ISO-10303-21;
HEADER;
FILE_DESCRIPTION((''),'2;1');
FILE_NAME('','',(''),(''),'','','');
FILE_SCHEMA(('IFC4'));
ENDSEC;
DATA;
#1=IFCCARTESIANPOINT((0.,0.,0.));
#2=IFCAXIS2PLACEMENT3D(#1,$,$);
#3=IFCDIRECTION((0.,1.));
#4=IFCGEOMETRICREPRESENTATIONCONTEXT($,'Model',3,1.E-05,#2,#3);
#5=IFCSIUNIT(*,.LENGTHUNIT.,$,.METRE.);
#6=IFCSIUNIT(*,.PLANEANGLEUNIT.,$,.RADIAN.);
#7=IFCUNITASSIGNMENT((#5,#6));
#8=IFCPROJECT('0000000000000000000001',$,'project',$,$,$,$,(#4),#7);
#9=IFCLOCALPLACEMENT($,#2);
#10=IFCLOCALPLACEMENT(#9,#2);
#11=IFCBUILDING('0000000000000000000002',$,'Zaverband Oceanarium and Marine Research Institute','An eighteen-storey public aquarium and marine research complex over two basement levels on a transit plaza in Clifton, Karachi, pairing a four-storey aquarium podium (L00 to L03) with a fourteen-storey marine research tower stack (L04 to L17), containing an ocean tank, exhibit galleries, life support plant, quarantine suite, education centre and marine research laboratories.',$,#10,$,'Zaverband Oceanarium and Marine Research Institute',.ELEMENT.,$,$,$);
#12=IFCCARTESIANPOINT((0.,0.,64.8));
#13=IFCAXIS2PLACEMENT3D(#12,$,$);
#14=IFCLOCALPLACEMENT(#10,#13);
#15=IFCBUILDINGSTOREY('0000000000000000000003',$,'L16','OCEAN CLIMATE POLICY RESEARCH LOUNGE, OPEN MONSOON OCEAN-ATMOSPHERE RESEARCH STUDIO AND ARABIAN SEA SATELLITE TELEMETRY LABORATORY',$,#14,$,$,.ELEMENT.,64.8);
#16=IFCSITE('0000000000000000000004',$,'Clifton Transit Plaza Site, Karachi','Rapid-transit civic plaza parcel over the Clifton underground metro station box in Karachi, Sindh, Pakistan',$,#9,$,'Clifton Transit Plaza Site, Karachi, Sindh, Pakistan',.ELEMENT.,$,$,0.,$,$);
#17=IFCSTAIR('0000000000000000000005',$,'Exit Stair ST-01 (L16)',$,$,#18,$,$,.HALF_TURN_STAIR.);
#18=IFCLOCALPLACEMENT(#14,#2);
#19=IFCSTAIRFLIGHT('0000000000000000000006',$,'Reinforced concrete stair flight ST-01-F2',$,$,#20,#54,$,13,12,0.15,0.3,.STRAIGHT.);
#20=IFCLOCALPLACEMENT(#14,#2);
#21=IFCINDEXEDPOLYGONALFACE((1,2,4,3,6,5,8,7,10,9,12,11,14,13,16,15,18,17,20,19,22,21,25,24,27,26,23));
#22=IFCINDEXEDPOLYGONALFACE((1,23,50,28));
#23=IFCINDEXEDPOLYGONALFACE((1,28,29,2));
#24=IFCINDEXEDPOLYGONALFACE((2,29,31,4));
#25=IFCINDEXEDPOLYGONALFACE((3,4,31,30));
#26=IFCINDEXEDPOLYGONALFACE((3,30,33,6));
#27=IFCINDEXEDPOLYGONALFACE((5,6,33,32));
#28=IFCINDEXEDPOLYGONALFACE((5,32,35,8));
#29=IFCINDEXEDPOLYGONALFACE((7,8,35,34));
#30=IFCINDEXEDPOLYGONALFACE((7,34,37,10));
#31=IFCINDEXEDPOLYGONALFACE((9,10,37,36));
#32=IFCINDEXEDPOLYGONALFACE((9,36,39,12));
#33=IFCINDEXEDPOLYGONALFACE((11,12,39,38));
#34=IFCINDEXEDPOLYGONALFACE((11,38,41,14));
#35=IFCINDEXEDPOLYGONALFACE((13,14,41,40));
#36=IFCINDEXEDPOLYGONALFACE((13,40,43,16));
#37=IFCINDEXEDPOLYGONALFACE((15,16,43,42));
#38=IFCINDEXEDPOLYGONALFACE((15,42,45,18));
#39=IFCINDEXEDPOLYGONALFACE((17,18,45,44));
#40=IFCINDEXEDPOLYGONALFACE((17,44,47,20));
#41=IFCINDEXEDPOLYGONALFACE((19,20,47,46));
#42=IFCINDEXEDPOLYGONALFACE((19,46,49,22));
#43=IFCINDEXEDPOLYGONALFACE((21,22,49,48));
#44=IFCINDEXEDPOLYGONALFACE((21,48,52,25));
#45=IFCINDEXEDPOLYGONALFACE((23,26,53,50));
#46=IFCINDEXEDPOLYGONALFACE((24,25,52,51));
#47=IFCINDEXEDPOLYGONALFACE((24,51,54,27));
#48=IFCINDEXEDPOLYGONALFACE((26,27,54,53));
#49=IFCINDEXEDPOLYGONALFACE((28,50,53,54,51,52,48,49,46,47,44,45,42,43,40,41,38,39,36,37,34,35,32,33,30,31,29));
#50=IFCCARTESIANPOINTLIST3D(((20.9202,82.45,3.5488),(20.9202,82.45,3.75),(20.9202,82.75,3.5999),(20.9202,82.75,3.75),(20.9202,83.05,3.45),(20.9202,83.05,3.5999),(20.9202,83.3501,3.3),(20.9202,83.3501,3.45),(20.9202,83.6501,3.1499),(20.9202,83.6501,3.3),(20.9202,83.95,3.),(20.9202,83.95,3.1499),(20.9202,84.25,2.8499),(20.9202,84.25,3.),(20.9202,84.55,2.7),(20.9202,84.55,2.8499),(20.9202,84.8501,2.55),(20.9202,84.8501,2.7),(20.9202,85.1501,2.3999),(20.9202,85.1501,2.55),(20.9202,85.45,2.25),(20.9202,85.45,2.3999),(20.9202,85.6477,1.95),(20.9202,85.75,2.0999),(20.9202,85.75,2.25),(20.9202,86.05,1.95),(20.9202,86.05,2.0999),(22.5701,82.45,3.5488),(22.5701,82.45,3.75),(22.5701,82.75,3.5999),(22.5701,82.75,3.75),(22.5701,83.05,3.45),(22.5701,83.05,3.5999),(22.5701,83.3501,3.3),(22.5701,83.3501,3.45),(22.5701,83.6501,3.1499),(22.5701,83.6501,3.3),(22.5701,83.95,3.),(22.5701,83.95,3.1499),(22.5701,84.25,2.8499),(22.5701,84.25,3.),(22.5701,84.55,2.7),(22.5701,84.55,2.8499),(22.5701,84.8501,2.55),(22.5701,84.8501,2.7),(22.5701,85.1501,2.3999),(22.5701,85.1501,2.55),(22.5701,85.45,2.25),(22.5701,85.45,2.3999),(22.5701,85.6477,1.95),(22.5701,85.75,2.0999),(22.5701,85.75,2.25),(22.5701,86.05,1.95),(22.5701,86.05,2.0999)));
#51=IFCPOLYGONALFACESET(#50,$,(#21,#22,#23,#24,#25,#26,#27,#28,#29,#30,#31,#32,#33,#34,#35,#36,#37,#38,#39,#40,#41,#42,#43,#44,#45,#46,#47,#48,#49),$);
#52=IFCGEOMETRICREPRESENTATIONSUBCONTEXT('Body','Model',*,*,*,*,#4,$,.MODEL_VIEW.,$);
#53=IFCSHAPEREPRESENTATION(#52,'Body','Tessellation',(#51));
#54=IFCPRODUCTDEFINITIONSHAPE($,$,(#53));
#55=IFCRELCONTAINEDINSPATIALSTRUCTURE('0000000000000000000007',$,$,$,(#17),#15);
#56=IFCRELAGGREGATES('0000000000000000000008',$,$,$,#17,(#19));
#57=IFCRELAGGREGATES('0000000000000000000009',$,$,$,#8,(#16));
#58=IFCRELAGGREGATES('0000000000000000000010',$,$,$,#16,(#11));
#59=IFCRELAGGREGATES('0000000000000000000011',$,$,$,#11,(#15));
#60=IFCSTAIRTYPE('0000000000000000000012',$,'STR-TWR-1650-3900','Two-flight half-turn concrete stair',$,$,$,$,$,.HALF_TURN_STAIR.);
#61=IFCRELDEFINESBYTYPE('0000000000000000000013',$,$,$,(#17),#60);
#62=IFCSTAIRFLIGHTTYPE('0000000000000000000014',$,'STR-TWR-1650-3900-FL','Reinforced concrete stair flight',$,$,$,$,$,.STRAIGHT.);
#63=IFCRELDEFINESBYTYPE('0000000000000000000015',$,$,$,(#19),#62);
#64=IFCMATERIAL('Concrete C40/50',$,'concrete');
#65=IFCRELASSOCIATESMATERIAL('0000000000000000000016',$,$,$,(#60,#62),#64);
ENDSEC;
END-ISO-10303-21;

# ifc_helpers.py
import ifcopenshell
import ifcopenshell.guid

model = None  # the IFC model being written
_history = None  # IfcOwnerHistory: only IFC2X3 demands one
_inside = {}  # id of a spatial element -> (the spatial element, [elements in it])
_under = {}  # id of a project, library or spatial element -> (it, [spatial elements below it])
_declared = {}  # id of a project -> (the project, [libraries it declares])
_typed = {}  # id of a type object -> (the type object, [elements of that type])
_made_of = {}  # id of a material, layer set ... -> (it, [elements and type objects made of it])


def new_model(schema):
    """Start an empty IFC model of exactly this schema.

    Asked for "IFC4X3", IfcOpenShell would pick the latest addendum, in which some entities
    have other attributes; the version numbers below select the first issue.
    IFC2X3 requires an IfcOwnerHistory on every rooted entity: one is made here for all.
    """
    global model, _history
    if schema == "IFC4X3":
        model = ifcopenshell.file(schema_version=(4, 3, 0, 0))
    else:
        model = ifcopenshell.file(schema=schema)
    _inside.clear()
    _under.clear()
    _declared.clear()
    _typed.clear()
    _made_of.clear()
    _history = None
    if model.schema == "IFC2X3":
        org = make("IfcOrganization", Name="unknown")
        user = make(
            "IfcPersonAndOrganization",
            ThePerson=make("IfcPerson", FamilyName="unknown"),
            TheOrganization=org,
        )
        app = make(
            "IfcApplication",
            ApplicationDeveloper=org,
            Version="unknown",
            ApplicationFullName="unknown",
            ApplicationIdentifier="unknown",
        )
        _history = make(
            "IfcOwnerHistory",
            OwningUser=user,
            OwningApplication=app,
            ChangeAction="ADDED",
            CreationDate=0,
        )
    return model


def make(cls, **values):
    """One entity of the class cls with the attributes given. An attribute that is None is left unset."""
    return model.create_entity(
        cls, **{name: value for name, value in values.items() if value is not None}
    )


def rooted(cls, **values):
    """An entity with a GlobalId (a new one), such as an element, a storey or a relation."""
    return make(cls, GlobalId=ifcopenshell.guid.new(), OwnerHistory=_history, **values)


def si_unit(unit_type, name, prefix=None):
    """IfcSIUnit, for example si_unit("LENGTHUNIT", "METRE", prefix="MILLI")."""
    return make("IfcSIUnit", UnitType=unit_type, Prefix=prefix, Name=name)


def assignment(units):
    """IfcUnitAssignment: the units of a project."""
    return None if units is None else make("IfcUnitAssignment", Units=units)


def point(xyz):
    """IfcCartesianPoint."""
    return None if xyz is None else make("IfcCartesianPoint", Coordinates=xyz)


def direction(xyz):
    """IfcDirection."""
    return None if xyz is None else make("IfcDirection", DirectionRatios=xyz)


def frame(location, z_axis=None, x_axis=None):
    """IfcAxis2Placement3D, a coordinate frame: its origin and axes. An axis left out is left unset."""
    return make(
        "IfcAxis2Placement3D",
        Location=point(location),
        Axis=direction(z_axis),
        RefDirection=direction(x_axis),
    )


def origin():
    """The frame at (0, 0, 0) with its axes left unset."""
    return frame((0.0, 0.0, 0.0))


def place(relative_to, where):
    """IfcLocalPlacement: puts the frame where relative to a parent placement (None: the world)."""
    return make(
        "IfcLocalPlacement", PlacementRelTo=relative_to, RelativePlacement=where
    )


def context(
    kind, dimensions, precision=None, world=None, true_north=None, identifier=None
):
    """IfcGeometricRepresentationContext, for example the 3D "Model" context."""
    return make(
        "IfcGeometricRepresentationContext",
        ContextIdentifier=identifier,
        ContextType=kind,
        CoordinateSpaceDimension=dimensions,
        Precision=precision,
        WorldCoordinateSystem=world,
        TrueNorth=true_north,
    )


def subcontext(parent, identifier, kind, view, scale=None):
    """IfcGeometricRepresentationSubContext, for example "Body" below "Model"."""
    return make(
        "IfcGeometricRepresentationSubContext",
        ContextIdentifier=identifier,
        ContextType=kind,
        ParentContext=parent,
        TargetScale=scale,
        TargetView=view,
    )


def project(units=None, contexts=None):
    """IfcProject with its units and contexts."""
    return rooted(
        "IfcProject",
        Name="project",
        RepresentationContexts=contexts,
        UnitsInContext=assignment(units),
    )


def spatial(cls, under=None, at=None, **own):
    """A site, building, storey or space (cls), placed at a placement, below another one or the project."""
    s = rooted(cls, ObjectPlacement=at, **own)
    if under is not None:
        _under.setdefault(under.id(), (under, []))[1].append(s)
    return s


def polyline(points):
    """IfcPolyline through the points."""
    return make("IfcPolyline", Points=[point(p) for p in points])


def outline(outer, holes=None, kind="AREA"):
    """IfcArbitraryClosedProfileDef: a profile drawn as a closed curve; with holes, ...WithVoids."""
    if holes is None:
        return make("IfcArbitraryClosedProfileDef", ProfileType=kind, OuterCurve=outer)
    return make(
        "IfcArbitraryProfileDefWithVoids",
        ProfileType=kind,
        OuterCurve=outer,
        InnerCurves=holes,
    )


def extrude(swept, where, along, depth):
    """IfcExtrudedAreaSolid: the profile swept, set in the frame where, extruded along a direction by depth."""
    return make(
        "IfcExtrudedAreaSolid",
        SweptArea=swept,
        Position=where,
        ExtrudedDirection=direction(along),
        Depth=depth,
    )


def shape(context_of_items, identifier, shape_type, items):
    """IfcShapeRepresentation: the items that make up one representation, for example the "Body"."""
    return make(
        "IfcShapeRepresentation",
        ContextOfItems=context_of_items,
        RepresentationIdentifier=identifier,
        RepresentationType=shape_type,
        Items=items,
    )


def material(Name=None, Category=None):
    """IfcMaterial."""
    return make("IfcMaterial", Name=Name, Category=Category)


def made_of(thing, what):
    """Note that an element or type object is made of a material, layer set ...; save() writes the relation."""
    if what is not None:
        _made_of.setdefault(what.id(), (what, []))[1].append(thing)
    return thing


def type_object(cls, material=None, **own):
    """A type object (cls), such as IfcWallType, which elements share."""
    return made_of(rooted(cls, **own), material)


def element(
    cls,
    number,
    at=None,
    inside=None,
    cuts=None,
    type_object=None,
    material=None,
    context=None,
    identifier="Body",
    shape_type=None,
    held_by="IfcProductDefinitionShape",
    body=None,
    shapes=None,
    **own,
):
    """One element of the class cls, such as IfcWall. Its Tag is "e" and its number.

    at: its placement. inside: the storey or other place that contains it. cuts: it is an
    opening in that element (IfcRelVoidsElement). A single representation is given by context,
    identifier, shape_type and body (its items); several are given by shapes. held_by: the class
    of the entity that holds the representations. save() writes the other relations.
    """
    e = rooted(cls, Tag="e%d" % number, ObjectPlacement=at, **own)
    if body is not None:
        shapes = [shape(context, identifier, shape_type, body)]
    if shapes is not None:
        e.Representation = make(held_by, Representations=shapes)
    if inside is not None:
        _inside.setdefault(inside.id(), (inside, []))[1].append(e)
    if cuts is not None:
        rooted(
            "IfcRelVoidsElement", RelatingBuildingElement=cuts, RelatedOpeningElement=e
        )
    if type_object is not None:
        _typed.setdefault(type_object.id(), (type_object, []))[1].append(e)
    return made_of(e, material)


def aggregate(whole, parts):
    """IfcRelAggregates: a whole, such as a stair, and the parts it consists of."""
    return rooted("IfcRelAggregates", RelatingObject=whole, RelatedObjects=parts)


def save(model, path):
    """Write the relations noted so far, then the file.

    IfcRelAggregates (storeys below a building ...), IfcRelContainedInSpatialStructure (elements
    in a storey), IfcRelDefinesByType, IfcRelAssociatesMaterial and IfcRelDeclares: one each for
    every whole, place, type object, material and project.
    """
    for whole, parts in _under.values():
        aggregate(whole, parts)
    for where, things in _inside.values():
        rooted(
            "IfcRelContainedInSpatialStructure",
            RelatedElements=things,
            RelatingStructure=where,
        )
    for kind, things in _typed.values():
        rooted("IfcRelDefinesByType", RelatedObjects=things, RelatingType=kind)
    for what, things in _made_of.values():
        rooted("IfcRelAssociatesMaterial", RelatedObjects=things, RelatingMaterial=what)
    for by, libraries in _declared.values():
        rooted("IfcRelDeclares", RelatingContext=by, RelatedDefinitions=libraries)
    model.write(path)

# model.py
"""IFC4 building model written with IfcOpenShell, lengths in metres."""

from ifc_helpers import new_model, si_unit, direction, frame, origin, place, context, subcontext, project, spatial, polyline, outline, extrude, material, type_object, element, aggregate, save


model = new_model("IFC4")

# Units and contexts
model_context = context("Model", 3, precision=1e-05, world=origin(), true_north=direction((0.0, 1.0)))
body_context = subcontext(model_context, "Body", "Model", "MODEL_VIEW")
ifc_project = project(units=[si_unit("LENGTHUNIT", "METRE"), si_unit("PLANEANGLEUNIT", "RADIAN")], contexts=[model_context])

# Site, building, storey
site_placement = place(None, origin())
site = spatial("IfcSite", under=ifc_project, at=site_placement, Name="Clifton Transit Plaza Site, Karachi", Description="Rapid-transit civic plaza parcel over the Clifton underground metro station box in Karachi, Sindh, Pakistan", LongName="Clifton Transit Plaza Site, Karachi, Sindh, Pakistan", CompositionType="ELEMENT", RefElevation=0.0)
building_placement = place(site_placement, origin())
building = spatial("IfcBuilding", under=site, at=building_placement, Name="Zaverband Oceanarium and Marine Research Institute", Description="An eighteen-storey public aquarium and marine research complex over two basement levels on a transit plaza in Clifton, Karachi, pairing a four-storey aquarium podium (L00 to L03) with a fourteen-storey marine research tower stack (L04 to L17), containing an ocean tank, exhibit galleries, life support plant, quarantine suite, education centre and marine research laboratories.", LongName="Zaverband Oceanarium and Marine Research Institute", CompositionType="ELEMENT")
storey_placement = place(building_placement, frame((0.0, 0.0, 64.8)))
storey = spatial("IfcBuildingStorey", under=building, at=storey_placement, Name="L16", Description="OCEAN CLIMATE POLICY RESEARCH LOUNGE, OPEN MONSOON OCEAN-ATMOSPHERE RESEARCH STUDIO AND ARABIAN SEA SATELLITE TELEMETRY LABORATORY", CompositionType="ELEMENT", Elevation=64.8)

# Shared definitions
ifc_material_1 = material(Name="Concrete C40/50", Category="concrete")

# Stair, stair flight
stair_type = type_object("IfcStairType", Name="STR-TWR-1650-3900", Description="Two-flight half-turn concrete stair", PredefinedType="HALF_TURN_STAIR", material=ifc_material_1)
stair_placement = place(storey_placement, origin())
stair = element("IfcStair", 1, at=stair_placement, inside=storey, type_object=stair_type, Name="Exit Stair ST-01 (L16)", PredefinedType="HALF_TURN_STAIR")
stair_flight_type = type_object("IfcStairFlightType", Name="STR-TWR-1650-3900-FL", Description="Reinforced concrete stair flight", PredefinedType="STRAIGHT", material=ifc_material_1)
stair_flight_1_placement = place(storey_placement, frame((21.7451, 86.05, 1.95), z_axis=(0.0, 0.0, 1.0), x_axis=(0.0, -1.0, 0.0)))
stair_flight_1 = element("IfcStairFlight", 2, at=stair_flight_1_placement, type_object=stair_flight_type, Name="Reinforced concrete stair flight ST-01-F2", NumberOfRisers=13, NumberOfTreads=12, PredefinedType="STRAIGHT", RiserHeight=0.15, TreadLength=0.3, context=body_context, shape_type="SweptSolid", body=[
    extrude(outline(polyline([(0.0, 0.0), (0.0, 0.1499), (0.3, 0.1499), (0.3, 0.3), (0.6001, 0.3), (0.6001, 0.45), (0.8999, 0.45), (0.8999, 0.6001), (1.2, 0.6001), (1.2, 0.75), (1.5, 0.75), (1.5, 0.8999), (1.8, 0.8999), (1.8, 1.05), (2.1001, 1.05), (2.1001, 1.2), (2.3999, 1.2), (2.3999, 1.3501), (2.7, 1.3501), (2.7, 1.5), (3.0, 1.5), (3.0, 1.6499), (3.3, 1.6499), (3.3, 1.8), (3.6001, 1.8), (3.6001, 1.95), (3.6001, 1.5989), (0.4023, 0.0), (0.0, 0.0)])), frame((0.0, 0.825, 0.0), z_axis=(0.0, -1.0, 0.0), x_axis=(1.0, 0.0, 0.0)), (0.0, 0.0, 1.0), 1.6499),
])
aggregate(stair, [stair_flight_1])

save(model, "model.ifc")
